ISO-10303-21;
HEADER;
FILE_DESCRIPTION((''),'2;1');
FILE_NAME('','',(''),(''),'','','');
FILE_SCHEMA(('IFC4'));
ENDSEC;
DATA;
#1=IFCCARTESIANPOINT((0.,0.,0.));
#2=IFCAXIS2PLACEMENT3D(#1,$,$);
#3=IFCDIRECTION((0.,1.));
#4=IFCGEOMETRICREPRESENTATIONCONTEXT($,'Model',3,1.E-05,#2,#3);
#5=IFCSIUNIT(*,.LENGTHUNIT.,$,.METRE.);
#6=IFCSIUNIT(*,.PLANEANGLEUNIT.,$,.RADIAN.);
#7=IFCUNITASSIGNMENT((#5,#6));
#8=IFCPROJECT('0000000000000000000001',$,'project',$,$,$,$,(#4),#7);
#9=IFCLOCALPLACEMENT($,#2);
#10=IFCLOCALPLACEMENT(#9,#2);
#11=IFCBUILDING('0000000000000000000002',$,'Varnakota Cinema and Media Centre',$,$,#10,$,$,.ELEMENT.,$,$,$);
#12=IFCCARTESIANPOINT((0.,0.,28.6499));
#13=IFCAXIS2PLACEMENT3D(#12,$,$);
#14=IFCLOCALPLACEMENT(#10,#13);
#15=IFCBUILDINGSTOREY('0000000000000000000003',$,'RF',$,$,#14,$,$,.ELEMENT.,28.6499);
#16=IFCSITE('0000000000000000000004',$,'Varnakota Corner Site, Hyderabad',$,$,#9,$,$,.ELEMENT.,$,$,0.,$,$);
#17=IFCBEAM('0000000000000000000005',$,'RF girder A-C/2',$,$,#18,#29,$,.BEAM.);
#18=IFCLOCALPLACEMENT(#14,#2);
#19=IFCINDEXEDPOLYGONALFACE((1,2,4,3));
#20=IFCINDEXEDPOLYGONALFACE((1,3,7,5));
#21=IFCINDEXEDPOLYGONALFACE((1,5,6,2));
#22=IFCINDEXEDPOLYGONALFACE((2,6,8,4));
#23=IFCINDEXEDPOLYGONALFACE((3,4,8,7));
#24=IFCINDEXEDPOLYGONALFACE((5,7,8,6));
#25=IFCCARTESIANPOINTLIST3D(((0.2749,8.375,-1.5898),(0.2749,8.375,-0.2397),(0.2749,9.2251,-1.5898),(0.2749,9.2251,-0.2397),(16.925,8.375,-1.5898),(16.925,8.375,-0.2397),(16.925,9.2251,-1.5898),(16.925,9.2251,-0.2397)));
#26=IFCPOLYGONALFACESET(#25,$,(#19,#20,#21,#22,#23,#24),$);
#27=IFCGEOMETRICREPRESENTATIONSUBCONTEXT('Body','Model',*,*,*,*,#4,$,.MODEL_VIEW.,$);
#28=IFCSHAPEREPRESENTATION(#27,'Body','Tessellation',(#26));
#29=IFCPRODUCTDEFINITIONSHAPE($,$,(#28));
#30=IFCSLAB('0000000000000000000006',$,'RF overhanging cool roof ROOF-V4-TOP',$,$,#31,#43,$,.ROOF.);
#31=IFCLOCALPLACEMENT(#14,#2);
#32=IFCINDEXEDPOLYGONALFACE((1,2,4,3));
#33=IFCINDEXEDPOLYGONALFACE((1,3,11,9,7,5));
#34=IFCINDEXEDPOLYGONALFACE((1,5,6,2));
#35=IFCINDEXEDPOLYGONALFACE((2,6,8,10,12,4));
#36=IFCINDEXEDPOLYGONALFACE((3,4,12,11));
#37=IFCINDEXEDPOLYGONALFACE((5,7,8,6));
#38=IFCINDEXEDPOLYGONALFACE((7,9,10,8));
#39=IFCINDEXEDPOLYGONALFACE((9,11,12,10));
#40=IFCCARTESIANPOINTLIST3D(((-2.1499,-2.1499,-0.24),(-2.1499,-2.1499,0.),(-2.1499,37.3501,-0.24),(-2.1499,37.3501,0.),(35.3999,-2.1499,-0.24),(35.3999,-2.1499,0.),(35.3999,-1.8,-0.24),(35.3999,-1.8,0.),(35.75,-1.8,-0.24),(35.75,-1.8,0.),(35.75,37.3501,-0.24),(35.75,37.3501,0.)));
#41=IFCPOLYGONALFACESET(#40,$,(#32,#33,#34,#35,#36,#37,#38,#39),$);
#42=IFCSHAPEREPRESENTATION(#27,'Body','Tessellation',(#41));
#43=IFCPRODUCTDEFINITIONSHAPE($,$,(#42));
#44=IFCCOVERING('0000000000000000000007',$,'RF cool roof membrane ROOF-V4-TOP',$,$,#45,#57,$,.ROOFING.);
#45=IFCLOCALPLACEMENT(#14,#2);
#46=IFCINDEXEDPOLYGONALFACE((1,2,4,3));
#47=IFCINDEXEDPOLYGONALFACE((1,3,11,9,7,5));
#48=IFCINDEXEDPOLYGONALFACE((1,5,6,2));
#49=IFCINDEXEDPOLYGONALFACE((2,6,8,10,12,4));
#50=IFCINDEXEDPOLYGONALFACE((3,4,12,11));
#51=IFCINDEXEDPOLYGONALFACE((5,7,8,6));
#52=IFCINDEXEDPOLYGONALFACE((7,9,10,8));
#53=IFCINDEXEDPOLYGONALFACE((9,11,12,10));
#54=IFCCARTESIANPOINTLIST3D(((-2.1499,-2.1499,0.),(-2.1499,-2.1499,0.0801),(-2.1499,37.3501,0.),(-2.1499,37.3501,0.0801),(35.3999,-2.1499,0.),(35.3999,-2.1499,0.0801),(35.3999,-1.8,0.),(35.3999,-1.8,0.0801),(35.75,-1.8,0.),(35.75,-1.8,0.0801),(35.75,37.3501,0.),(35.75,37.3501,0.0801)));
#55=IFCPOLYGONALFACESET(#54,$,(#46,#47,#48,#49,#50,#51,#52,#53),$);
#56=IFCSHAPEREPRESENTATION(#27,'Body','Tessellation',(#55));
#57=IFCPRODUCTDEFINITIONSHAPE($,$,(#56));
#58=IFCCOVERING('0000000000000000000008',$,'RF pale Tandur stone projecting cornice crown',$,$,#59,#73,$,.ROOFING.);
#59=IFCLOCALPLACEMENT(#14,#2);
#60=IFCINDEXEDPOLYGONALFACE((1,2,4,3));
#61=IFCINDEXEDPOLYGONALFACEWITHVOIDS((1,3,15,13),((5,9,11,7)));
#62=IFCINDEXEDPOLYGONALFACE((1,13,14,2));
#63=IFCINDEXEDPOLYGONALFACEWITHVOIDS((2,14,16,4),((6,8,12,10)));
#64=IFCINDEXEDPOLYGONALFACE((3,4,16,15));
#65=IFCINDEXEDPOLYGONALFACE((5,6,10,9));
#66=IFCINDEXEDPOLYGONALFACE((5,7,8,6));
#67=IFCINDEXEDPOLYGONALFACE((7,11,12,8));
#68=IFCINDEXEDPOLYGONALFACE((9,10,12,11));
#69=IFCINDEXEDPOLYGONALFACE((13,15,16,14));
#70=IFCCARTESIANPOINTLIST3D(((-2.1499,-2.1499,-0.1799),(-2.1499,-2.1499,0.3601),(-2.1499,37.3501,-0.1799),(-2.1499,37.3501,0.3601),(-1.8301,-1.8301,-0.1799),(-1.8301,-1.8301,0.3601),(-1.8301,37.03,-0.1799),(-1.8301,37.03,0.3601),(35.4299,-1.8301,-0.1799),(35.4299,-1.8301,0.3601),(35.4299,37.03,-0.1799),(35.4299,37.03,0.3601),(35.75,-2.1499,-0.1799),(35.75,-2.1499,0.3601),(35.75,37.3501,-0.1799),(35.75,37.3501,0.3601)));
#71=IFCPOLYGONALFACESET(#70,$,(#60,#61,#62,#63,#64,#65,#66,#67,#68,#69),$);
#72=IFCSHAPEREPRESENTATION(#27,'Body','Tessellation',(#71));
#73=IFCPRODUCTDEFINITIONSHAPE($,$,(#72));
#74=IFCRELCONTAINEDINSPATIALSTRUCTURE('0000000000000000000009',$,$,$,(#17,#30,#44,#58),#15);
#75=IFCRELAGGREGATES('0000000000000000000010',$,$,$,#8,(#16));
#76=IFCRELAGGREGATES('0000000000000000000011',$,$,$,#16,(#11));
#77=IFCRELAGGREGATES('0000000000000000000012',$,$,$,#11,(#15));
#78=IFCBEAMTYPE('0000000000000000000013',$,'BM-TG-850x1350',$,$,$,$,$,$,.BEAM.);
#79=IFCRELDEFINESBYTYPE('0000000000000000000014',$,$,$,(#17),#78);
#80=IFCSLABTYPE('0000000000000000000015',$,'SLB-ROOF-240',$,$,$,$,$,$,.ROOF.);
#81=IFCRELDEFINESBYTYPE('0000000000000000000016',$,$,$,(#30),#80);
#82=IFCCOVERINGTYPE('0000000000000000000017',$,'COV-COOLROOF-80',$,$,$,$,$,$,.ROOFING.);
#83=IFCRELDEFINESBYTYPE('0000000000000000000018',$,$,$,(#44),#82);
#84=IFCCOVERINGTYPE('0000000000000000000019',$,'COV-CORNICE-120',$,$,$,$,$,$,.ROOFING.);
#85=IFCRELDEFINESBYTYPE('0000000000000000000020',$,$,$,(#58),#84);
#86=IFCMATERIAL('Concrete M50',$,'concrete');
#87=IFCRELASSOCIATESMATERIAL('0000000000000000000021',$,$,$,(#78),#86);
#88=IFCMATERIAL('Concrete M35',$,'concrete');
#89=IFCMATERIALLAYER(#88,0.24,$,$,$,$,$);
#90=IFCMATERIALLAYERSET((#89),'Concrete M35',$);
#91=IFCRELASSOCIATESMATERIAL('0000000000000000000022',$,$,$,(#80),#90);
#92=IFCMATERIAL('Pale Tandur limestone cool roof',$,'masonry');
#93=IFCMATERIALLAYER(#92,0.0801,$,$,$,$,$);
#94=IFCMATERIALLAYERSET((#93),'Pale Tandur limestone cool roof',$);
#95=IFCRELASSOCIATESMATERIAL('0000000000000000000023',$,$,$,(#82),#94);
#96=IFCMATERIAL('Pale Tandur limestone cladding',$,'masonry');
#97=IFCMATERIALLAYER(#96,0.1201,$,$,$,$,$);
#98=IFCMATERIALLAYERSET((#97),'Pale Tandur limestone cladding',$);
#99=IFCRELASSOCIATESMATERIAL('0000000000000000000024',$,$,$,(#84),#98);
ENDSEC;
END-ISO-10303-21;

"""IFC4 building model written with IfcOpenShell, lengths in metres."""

from ifc_helpers import new_model, si_unit, direction, frame, origin, origin_2d, place, context, subcontext, project, spatial, polyline, rectangle, outline, extrude, material, layer, layer_set, material_profile, profile_set, type_object, element, save


model = new_model("IFC4")

# Units and contexts
model_context = context("Model", 3, precision=1e-05, world=origin(), true_north=direction((0.0, 1.0)))
body_context = subcontext(model_context, "Body", "Model", "MODEL_VIEW")
ifc_project = project(units=[si_unit("LENGTHUNIT", "METRE"), si_unit("PLANEANGLEUNIT", "RADIAN")], contexts=[model_context])

# Site, building, storey
site_placement = place(None, origin())
site = spatial("IfcSite", under=ifc_project, at=site_placement, Name="Varnakota Corner Site, Hyderabad", CompositionType="ELEMENT", RefElevation=0.0)
building_placement = place(site_placement, origin())
building = spatial("IfcBuilding", under=site, at=building_placement, Name="Varnakota Cinema and Media Centre", CompositionType="ELEMENT")
storey_placement = place(building_placement, frame((0.0, 0.0, 28.6499)))
storey = spatial("IfcBuildingStorey", under=building, at=storey_placement, Name="RF", CompositionType="ELEMENT", Elevation=28.6499)

# Beam
ifc_material_1 = material(Name="Concrete M50", Category="concrete")
ifc_material_profile_1 = material_profile(ifc_material_1, rectangle(XDim=0.8501, YDim=1.3501, at=origin_2d()), Name="RCB 850x1350")
ifc_profile_set_1 = profile_set([ifc_material_profile_1], Name="Concrete M50")
beam_type_1 = type_object("IfcBeamType", Name="BM-TG-850x1350", PredefinedType="BEAM", material=ifc_profile_set_1)
beam_1_placement = place(storey_placement, frame((0.2749, 8.8, -0.9148), z_axis=(1.0, 0.0, 0.0), x_axis=(0.0, 1.0, 0.0)))
element("IfcBeam", 1, at=beam_1_placement, inside=storey, type_object=beam_type_1, Name="RF girder A-C/2", PredefinedType="BEAM", context=body_context, shape_type="SweptSolid", body=[
    extrude(rectangle(XDim=0.8501, YDim=1.3501, at=origin_2d()), origin(), (0.0, 0.0, 1.0), 16.6501),
])

# Slab
ifc_material_2 = material(Name="Concrete M35", Category="concrete")
ifc_layer_1 = layer(ifc_material_2, 0.24)
ifc_layer_set_1 = layer_set([ifc_layer_1], Name="Concrete M35")
slab_type = type_object("IfcSlabType", Name="SLB-ROOF-240", PredefinedType="ROOF", material=ifc_layer_set_1)
slab_placement = place(storey_placement, frame((0.0, 0.0, -0.24)))
element("IfcSlab", 2, at=slab_placement, inside=storey, type_object=slab_type, Name="RF overhanging cool roof ROOF-V4-TOP", PredefinedType="ROOF", context=body_context, shape_type="SweptSolid", body=[
    extrude(outline(polyline([(-2.1499, -2.1499), (35.3999, -2.1499), (35.3999, -1.8), (35.75, -1.8), (35.75, 37.3501), (-2.1499, 37.3501), (-2.1499, -2.1499)])), origin(), (0.0, 0.0, 1.0), 0.24),
])

# Coverings
ifc_material_3 = material(Name="Pale Tandur limestone cool roof", Category="masonry")
ifc_layer_2 = layer(ifc_material_3, 0.0801)
ifc_layer_set_2 = layer_set([ifc_layer_2], Name="Pale Tandur limestone cool roof")
covering_type_1 = type_object("IfcCoveringType", Name="COV-COOLROOF-80", PredefinedType="ROOFING", material=ifc_layer_set_2)
covering_1_placement = place(storey_placement, origin())
element("IfcCovering", 3, at=covering_1_placement, inside=storey, type_object=covering_type_1, Name="RF cool roof membrane ROOF-V4-TOP", PredefinedType="ROOFING", context=body_context, shape_type="SweptSolid", body=[
    extrude(outline(polyline([(-2.1499, -2.1499), (35.3999, -2.1499), (35.3999, -1.8), (35.75, -1.8), (35.75, 37.3501), (-2.1499, 37.3501), (-2.1499, -2.1499)])), origin(), (0.0, 0.0, 1.0), 0.0801),
])
ifc_material_4 = material(Name="Pale Tandur limestone cladding", Category="masonry")
ifc_layer_3 = layer(ifc_material_4, 0.1201)
ifc_layer_set_3 = layer_set([ifc_layer_3], Name="Pale Tandur limestone cladding")
covering_type_2 = type_object("IfcCoveringType", Name="COV-CORNICE-120", PredefinedType="ROOFING", material=ifc_layer_set_3)
covering_2_placement = place(storey_placement, frame((0.0, 0.0, -0.1799)))
element("IfcCovering", 4, at=covering_2_placement, inside=storey, type_object=covering_type_2, Name="RF pale Tandur stone projecting cornice crown", PredefinedType="ROOFING", context=body_context, shape_type="SweptSolid", body=[
    extrude(outline(polyline([(-2.1499, -2.1499), (35.75, -2.1499), (35.75, 37.3501), (-2.1499, 37.3501), (-2.1499, -2.1499)]), holes=[polyline([(-1.8301, -1.8301), (35.4299, -1.8301), (35.4299, 37.03), (-1.8301, 37.03), (-1.8301, -1.8301)])]), origin(), (0.0, 0.0, 1.0), 0.54),
])

save(model, "model.ifc")
